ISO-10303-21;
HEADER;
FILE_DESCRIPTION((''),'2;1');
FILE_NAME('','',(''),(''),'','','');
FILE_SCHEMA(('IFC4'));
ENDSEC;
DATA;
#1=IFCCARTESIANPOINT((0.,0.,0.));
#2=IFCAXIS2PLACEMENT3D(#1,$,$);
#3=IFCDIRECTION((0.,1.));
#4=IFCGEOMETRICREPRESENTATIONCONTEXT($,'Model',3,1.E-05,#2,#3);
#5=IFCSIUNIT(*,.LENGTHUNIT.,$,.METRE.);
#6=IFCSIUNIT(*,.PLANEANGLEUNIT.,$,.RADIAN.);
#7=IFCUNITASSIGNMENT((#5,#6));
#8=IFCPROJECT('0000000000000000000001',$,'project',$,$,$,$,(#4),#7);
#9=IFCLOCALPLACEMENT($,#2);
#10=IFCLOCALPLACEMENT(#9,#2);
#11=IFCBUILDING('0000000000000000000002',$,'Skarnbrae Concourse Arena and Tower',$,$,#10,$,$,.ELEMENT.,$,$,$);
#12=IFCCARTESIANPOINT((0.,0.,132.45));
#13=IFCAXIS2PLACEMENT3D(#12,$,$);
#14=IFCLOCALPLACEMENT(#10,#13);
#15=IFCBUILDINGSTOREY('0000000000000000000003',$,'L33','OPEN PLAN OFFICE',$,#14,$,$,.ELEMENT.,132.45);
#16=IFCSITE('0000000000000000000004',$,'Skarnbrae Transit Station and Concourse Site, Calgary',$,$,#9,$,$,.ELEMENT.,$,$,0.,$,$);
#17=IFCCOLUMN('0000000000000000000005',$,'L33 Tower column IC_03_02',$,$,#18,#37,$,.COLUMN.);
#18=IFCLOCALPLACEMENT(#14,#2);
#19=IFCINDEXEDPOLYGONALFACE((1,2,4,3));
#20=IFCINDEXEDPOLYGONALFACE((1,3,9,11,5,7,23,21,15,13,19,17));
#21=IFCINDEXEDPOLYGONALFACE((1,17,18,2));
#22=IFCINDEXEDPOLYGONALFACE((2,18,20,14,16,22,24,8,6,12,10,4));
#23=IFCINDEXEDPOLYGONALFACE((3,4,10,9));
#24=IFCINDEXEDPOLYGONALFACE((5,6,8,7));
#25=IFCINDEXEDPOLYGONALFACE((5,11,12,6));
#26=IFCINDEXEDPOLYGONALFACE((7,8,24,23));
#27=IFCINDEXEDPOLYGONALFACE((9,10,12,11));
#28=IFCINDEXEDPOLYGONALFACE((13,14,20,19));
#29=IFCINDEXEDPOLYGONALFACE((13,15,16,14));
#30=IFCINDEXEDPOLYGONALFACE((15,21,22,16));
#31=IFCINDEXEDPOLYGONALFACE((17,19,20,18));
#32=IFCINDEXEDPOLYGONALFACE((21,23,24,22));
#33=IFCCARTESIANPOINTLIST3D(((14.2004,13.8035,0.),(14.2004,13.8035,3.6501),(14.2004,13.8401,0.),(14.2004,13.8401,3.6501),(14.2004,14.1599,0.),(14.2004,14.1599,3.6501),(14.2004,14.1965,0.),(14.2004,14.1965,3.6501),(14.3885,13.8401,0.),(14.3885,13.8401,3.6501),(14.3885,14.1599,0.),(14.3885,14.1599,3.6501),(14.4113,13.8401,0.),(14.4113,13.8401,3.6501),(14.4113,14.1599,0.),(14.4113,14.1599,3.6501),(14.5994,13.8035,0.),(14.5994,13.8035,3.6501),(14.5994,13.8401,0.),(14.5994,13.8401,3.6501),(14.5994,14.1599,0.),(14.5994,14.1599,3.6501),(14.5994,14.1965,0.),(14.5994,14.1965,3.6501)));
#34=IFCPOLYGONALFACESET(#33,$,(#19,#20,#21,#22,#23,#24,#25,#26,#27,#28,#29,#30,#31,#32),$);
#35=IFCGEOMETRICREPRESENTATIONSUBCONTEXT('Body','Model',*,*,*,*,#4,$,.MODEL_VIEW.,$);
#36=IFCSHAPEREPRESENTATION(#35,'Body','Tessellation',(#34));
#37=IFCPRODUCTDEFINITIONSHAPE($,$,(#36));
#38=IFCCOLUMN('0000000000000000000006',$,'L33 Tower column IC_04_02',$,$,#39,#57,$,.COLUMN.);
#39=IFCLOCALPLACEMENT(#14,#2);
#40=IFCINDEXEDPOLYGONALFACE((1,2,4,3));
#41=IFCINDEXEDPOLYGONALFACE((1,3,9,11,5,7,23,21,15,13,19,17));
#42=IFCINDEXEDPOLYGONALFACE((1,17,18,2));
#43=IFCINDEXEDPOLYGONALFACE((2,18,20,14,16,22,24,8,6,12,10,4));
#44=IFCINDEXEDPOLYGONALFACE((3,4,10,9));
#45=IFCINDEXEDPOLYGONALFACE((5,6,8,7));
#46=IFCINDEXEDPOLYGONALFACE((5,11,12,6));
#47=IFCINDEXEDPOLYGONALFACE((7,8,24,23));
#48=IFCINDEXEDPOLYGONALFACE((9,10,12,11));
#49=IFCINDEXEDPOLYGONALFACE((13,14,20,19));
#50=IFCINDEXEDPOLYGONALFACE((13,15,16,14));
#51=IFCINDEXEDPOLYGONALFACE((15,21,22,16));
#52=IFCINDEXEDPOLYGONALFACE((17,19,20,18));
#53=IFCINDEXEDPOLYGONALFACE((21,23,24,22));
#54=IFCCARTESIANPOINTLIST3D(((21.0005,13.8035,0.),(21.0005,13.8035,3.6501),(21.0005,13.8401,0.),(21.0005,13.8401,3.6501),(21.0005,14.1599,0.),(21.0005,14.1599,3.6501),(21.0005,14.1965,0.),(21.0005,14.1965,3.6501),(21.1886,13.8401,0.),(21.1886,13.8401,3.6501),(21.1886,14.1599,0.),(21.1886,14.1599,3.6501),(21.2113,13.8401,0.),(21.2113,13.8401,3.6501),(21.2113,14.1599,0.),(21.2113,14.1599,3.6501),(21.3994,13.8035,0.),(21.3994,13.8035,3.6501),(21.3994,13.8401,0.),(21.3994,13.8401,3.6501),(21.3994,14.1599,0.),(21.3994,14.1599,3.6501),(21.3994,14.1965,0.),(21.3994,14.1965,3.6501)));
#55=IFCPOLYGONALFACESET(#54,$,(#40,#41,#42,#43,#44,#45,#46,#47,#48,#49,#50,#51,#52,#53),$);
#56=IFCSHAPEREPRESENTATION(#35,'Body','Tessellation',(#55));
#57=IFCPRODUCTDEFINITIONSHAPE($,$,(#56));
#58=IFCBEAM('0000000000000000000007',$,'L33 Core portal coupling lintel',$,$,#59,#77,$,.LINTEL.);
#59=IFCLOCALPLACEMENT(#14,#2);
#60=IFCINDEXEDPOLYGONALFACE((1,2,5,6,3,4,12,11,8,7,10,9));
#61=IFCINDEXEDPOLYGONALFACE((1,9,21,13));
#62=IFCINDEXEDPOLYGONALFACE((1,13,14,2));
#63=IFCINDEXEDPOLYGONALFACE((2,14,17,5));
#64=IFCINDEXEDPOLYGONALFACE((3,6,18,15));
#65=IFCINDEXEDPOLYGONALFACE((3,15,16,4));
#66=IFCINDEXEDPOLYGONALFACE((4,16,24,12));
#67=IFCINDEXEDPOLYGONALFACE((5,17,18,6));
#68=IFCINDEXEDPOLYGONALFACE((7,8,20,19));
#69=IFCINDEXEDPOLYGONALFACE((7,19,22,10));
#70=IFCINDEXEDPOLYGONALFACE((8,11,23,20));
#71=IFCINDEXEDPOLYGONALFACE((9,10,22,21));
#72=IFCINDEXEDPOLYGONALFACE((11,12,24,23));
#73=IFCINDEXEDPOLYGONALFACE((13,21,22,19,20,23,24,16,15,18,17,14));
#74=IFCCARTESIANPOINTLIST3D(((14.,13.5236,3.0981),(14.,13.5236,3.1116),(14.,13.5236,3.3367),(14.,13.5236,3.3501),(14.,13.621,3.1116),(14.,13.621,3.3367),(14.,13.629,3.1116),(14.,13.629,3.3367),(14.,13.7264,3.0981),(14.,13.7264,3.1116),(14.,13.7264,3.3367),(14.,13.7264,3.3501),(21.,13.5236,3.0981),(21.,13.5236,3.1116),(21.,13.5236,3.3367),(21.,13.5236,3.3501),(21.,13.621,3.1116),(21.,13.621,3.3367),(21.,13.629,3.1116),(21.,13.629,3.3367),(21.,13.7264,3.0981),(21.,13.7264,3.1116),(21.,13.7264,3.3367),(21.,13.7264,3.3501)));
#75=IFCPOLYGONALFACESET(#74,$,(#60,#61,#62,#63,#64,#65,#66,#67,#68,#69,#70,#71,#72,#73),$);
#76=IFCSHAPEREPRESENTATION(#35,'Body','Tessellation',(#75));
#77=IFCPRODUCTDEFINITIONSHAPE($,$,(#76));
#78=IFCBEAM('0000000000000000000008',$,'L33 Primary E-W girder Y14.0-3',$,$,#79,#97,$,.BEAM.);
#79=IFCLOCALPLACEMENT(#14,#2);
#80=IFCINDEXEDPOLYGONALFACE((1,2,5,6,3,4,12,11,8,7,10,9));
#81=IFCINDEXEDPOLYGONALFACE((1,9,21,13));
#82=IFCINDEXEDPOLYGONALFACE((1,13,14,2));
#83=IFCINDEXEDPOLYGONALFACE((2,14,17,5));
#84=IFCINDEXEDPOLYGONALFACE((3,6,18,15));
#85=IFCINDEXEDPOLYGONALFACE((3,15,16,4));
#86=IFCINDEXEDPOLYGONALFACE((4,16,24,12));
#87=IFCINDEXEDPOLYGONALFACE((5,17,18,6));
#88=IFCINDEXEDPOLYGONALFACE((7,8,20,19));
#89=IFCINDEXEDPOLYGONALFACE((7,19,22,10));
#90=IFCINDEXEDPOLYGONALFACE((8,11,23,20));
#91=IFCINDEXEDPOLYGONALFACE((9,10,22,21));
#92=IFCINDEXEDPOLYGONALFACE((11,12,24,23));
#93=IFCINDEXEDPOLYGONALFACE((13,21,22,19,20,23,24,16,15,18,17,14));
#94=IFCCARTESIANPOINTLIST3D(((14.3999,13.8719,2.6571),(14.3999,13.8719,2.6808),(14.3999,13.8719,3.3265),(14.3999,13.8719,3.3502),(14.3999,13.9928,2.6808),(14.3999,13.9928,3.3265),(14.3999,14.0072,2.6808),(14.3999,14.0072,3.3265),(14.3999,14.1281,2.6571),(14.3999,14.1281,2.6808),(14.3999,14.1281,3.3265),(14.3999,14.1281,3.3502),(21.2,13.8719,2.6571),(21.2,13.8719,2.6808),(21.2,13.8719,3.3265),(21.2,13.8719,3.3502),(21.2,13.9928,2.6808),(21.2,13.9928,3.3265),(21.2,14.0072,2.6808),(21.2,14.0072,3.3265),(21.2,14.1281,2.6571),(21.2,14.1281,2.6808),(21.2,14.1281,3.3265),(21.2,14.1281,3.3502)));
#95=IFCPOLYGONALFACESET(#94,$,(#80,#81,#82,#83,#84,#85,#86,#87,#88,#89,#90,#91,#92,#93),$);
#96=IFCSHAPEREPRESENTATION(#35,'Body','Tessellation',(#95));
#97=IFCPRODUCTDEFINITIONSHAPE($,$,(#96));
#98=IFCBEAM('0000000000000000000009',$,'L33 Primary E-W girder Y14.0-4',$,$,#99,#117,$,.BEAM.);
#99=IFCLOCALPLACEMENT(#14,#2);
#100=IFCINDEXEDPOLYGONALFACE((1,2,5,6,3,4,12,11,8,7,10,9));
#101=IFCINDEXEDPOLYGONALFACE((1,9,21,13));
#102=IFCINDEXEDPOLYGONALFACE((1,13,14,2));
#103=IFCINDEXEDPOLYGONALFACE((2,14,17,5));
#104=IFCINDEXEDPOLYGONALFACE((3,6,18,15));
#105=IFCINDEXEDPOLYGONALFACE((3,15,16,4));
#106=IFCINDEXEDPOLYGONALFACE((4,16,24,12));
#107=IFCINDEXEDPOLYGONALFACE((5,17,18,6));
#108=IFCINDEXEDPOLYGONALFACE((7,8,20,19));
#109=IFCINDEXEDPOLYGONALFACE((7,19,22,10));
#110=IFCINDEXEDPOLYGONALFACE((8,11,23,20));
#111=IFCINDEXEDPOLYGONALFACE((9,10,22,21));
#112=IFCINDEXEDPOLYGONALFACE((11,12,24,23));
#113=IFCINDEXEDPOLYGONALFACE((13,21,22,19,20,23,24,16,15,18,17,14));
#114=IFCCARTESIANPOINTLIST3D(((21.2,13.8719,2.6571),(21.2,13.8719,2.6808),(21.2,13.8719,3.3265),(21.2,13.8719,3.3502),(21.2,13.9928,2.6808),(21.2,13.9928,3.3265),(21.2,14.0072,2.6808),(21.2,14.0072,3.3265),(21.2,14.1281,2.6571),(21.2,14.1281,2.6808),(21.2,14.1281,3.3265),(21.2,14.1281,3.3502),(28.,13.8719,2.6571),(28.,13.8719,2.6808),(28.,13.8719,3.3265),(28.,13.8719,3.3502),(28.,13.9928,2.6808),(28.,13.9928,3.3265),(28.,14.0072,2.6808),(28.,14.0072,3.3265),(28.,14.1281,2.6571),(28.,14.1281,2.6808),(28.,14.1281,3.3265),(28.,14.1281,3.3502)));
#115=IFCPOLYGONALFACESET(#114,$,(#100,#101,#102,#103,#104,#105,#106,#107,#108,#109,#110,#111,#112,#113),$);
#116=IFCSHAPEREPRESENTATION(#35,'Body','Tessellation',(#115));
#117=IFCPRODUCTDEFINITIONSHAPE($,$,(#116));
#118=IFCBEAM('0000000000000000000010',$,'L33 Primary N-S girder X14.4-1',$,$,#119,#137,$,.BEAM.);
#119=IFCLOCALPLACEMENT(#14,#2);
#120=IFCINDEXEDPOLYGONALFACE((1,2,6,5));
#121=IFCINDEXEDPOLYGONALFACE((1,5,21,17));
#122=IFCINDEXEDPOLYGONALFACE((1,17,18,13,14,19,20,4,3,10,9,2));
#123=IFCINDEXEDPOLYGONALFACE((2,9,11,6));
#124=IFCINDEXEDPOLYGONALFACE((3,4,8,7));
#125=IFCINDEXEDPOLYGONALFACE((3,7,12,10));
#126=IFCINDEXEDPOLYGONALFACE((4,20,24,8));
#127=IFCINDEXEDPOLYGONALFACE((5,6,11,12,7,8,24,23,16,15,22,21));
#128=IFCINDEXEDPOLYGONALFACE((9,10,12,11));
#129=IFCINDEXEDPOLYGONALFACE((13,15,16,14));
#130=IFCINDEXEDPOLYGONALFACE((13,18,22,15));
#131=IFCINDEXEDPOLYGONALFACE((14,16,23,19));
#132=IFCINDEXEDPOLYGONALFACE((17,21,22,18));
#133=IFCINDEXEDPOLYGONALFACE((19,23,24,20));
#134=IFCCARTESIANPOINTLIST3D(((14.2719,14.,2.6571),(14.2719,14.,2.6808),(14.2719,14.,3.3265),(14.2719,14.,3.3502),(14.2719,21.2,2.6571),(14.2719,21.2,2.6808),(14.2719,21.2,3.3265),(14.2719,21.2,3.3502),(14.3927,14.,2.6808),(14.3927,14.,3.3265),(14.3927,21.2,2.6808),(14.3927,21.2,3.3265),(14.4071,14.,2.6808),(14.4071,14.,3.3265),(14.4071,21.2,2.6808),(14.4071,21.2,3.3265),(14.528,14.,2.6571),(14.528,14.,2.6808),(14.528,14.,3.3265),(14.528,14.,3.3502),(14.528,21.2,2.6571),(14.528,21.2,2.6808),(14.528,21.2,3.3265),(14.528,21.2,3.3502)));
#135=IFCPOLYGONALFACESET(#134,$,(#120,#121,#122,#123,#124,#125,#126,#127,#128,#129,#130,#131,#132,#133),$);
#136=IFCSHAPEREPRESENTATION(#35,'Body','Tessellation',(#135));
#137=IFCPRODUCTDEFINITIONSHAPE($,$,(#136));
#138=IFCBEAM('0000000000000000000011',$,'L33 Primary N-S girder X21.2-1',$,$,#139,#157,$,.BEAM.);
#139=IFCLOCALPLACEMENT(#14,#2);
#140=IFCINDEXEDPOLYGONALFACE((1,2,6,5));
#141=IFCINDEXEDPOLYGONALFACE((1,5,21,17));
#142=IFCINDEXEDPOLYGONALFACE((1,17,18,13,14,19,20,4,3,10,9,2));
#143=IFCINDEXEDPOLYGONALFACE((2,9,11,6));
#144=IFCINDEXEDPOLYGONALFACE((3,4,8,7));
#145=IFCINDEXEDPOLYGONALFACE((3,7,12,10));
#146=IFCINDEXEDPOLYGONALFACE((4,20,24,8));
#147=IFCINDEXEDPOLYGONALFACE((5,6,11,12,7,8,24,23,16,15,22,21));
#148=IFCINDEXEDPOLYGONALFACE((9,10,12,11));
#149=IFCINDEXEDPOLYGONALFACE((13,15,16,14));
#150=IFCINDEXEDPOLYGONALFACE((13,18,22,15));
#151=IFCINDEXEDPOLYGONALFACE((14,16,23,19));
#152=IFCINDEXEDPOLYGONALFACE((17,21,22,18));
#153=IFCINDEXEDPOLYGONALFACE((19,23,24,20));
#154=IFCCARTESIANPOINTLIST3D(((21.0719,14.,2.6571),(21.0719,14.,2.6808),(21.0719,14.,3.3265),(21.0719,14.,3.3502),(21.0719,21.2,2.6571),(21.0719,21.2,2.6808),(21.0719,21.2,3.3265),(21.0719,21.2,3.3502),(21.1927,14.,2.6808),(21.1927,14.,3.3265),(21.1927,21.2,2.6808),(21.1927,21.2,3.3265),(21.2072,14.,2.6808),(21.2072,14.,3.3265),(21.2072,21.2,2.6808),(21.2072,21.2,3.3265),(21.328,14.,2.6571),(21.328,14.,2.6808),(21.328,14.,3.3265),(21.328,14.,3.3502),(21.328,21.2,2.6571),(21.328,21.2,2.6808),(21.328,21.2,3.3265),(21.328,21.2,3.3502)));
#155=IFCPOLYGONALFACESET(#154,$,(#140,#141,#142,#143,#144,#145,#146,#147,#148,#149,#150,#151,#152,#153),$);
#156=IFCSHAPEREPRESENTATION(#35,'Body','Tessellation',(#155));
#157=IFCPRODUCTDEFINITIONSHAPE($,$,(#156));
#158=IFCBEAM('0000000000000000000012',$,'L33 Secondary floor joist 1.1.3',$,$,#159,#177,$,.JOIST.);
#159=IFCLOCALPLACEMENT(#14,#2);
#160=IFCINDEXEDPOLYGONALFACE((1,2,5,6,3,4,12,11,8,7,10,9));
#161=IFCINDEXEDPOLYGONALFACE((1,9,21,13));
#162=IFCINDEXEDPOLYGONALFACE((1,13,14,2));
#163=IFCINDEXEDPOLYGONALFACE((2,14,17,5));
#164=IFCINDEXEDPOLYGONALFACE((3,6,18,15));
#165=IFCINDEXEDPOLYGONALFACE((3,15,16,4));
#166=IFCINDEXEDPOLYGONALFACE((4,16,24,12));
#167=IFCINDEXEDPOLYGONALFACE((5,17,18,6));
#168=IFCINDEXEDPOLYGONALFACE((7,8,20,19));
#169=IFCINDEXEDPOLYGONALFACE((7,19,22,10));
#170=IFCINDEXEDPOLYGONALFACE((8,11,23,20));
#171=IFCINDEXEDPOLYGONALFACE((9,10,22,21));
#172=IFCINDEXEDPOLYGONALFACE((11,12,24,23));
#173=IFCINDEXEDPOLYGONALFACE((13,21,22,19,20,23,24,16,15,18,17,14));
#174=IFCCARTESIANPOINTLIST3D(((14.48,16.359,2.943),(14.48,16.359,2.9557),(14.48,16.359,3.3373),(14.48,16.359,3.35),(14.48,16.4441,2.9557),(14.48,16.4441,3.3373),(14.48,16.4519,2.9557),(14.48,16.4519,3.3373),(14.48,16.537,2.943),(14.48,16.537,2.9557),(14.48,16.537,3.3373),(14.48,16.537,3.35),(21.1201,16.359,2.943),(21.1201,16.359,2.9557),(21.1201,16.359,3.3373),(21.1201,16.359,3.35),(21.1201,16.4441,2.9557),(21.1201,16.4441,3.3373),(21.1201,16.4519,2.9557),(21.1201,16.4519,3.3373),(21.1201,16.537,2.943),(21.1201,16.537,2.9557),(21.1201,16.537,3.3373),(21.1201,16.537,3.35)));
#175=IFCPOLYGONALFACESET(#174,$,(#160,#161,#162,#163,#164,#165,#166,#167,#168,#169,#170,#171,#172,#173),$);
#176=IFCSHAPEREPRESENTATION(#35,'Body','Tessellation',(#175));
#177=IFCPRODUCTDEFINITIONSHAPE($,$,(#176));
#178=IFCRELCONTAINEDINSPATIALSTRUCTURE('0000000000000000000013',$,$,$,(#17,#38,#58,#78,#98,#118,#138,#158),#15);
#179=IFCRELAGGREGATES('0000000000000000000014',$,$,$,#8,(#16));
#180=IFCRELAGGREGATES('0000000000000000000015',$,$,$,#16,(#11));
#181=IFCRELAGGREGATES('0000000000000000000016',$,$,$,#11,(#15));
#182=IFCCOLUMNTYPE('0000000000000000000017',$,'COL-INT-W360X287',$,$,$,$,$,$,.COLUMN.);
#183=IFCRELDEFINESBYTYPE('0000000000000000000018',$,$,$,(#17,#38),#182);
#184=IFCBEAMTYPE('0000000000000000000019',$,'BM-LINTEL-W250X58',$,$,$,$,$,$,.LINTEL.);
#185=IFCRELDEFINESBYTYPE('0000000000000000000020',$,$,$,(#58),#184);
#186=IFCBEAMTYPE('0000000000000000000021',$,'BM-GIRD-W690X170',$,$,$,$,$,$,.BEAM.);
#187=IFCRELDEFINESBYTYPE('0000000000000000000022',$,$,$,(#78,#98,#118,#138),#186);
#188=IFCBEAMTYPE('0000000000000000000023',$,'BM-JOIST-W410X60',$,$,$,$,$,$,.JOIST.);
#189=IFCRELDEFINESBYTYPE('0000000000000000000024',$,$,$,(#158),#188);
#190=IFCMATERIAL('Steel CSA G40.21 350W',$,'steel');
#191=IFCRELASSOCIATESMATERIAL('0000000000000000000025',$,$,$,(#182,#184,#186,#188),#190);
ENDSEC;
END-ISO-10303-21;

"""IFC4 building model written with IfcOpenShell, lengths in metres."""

from ifc_helpers import new_model, si_unit, direction, frame, origin, origin_2d, place, context, subcontext, project, spatial, i_section, extrude, source, transform, mapped, material, material_profile, profile_set, type_object, element, save


model = new_model("IFC4")

# Units and contexts
model_context = context("Model", 3, precision=1e-05, world=origin(), true_north=direction((0.0, 1.0)))
body_context = subcontext(model_context, "Body", "Model", "MODEL_VIEW")
ifc_project = project(units=[si_unit("LENGTHUNIT", "METRE"), si_unit("PLANEANGLEUNIT", "RADIAN")], contexts=[model_context])

# Site, building, storey
site_placement = place(None, origin())
site = spatial("IfcSite", under=ifc_project, at=site_placement, Name="Skarnbrae Transit Station and Concourse Site, Calgary", CompositionType="ELEMENT", RefElevation=0.0)
building_placement = place(site_placement, origin())
building = spatial("IfcBuilding", under=site, at=building_placement, Name="Skarnbrae Concourse Arena and Tower", CompositionType="ELEMENT")
storey_placement = place(building_placement, frame((0.0, 0.0, 132.45)))
storey = spatial("IfcBuildingStorey", under=building, at=storey_placement, Name="L33", Description="OPEN PLAN OFFICE", CompositionType="ELEMENT", Elevation=132.45)

# Columns
ifc_material_1 = material(Name="Steel CSA G40.21 350W", Category="steel")
ifc_material_profile_1 = material_profile(ifc_material_1, i_section(OverallWidth=0.3989, OverallDepth=0.3931, WebThickness=0.0227, FlangeThickness=0.0366, at=origin_2d()), Name="W360X287")
ifc_profile_set_1 = profile_set([ifc_material_profile_1], Name="Steel CSA G40.21 350W")
column_type = type_object("IfcColumnType", Name="COL-INT-W360X287", PredefinedType="COLUMN", material=ifc_profile_set_1)
shared_shape_1 = source(origin(), body_context, "Body", "SweptSolid", [
    extrude(i_section(OverallWidth=0.3989, OverallDepth=0.3931, WebThickness=0.0227, FlangeThickness=0.0366, at=origin_2d()), origin(), (0.0, 0.0, 1.0), 3.6501),
])
for number, where, z_axis, x_axis, name in (
    (1, (14.3999, 14.0, 0.0), (0.0, 0.0, 1.0), (1.0, 0.0, 0.0), "L33 Tower column IC_03_02"),
    (2, (21.2, 14.0, 0.0), (0.0, 0.0, 1.0), (1.0, 0.0, 0.0), "L33 Tower column IC_04_02"),
):
    element("IfcColumn", number, at=place(storey_placement, frame(where, z_axis=z_axis, x_axis=x_axis)), inside=storey, type_object=column_type, Name=name, PredefinedType="COLUMN", context=body_context, shape_type="MappedRepresentation", body=[
        mapped(shared_shape_1, transform((0.0, 0.0, 0.0))),
    ])

# Beams
ifc_material_profile_2 = material_profile(ifc_material_1, i_section(OverallWidth=0.2029, OverallDepth=0.252, WebThickness=0.0081, FlangeThickness=0.0134, at=origin_2d()), Name="W250X58")
ifc_profile_set_2 = profile_set([ifc_material_profile_2], Name="Steel CSA G40.21 350W")
beam_type_1 = type_object("IfcBeamType", Name="BM-LINTEL-W250X58", PredefinedType="LINTEL", material=ifc_profile_set_2)
shared_shape_2 = source(origin(), body_context, "Body", "SweptSolid", [
    extrude(i_section(OverallWidth=0.2029, OverallDepth=0.252, WebThickness=0.0081, FlangeThickness=0.0134, at=origin_2d()), origin(), (0.0, 0.0, 1.0), 7.0),
])
beam_placement = place(storey_placement, frame((14.0, 13.625, 3.2241), z_axis=(1.0, 0.0, 0.0), x_axis=(0.0, 1.0, 0.0)))
element("IfcBeam", 3, at=beam_placement, inside=storey, type_object=beam_type_1, Name="L33 Core portal coupling lintel", PredefinedType="LINTEL", context=body_context, shape_type="MappedRepresentation", body=[
    mapped(shared_shape_2, transform((0.0, 0.0, 0.0))),
])
ifc_material_profile_3 = material_profile(ifc_material_1, i_section(OverallWidth=0.2561, OverallDepth=0.6931, WebThickness=0.0144, FlangeThickness=0.0237, at=origin_2d()), Name="W690X170")
ifc_profile_set_3 = profile_set([ifc_material_profile_3], Name="Steel CSA G40.21 350W")
beam_type_2 = type_object("IfcBeamType", Name="BM-GIRD-W690X170", PredefinedType="BEAM", material=ifc_profile_set_3)
shared_shape_3 = source(origin(), body_context, "Body", "SweptSolid", [
    extrude(i_section(OverallWidth=0.2561, OverallDepth=0.6931, WebThickness=0.0144, FlangeThickness=0.0237, at=origin_2d()), origin(), (0.0, 0.0, 1.0), 6.8),
])
for number, where, z_axis, x_axis, name in (
    (4, (14.3999, 14.0, 3.0037), (1.0, 0.0, 0.0), (0.0, 1.0, 0.0), "L33 Primary E-W girder Y14.0-3"),
    (5, (21.2, 14.0, 3.0037), (1.0, 0.0, 0.0), (0.0, 1.0, 0.0), "L33 Primary E-W girder Y14.0-4"),
):
    element("IfcBeam", number, at=place(storey_placement, frame(where, z_axis=z_axis, x_axis=x_axis)), inside=storey, type_object=beam_type_2, Name=name, PredefinedType="BEAM", context=body_context, shape_type="MappedRepresentation", body=[
        mapped(shared_shape_3, transform((0.0, 0.0, 0.0))),
    ])
shared_shape_4 = source(origin(), body_context, "Body", "SweptSolid", [
    extrude(i_section(OverallWidth=0.2561, OverallDepth=0.6931, WebThickness=0.0144, FlangeThickness=0.0237, at=origin_2d()), origin(), (0.0, 0.0, 1.0), 7.2),
])
for number, where, z_axis, x_axis, name in (
    (6, (14.3999, 14.0, 3.0037), (0.0, 1.0, 0.0), (-1.0, 0.0, 0.0), "L33 Primary N-S girder X14.4-1"),
    (7, (21.2, 14.0, 3.0037), (0.0, 1.0, 0.0), (-1.0, 0.0, 0.0), "L33 Primary N-S girder X21.2-1"),
):
    element("IfcBeam", number, at=place(storey_placement, frame(where, z_axis=z_axis, x_axis=x_axis)), inside=storey, type_object=beam_type_2, Name=name, PredefinedType="BEAM", context=body_context, shape_type="MappedRepresentation", body=[
        mapped(shared_shape_4, transform((0.0, 0.0, 0.0))),
    ])
ifc_material_profile_4 = material_profile(ifc_material_1, i_section(OverallWidth=0.178, OverallDepth=0.407, WebThickness=0.0078, FlangeThickness=0.0127, at=origin_2d()), Name="W410X60")
ifc_profile_set_4 = profile_set([ifc_material_profile_4], Name="Steel CSA G40.21 350W")
beam_type_3 = type_object("IfcBeamType", Name="BM-JOIST-W410X60", PredefinedType="JOIST", material=ifc_profile_set_4)
shared_shape_5 = source(origin(), body_context, "Body", "SweptSolid", [
    extrude(i_section(OverallWidth=0.178, OverallDepth=0.407, WebThickness=0.0078, FlangeThickness=0.0127, at=origin_2d()), origin(), (0.0, 0.0, 1.0), 6.6401),
])
for number, where, z_axis, x_axis, name in (
    (8, (14.48, 16.448, 3.1465), (1.0, 0.0, 0.0), (0.0, 1.0, 0.0), "L33 Secondary floor joist 1.1.3"),
):
    element("IfcBeam", number, at=place(storey_placement, frame(where, z_axis=z_axis, x_axis=x_axis)), inside=storey, type_object=beam_type_3, Name=name, PredefinedType="JOIST", context=body_context, shape_type="MappedRepresentation", body=[
        mapped(shared_shape_5, transform((0.0, 0.0, 0.0))),
    ])

save(model, "model.ifc")
